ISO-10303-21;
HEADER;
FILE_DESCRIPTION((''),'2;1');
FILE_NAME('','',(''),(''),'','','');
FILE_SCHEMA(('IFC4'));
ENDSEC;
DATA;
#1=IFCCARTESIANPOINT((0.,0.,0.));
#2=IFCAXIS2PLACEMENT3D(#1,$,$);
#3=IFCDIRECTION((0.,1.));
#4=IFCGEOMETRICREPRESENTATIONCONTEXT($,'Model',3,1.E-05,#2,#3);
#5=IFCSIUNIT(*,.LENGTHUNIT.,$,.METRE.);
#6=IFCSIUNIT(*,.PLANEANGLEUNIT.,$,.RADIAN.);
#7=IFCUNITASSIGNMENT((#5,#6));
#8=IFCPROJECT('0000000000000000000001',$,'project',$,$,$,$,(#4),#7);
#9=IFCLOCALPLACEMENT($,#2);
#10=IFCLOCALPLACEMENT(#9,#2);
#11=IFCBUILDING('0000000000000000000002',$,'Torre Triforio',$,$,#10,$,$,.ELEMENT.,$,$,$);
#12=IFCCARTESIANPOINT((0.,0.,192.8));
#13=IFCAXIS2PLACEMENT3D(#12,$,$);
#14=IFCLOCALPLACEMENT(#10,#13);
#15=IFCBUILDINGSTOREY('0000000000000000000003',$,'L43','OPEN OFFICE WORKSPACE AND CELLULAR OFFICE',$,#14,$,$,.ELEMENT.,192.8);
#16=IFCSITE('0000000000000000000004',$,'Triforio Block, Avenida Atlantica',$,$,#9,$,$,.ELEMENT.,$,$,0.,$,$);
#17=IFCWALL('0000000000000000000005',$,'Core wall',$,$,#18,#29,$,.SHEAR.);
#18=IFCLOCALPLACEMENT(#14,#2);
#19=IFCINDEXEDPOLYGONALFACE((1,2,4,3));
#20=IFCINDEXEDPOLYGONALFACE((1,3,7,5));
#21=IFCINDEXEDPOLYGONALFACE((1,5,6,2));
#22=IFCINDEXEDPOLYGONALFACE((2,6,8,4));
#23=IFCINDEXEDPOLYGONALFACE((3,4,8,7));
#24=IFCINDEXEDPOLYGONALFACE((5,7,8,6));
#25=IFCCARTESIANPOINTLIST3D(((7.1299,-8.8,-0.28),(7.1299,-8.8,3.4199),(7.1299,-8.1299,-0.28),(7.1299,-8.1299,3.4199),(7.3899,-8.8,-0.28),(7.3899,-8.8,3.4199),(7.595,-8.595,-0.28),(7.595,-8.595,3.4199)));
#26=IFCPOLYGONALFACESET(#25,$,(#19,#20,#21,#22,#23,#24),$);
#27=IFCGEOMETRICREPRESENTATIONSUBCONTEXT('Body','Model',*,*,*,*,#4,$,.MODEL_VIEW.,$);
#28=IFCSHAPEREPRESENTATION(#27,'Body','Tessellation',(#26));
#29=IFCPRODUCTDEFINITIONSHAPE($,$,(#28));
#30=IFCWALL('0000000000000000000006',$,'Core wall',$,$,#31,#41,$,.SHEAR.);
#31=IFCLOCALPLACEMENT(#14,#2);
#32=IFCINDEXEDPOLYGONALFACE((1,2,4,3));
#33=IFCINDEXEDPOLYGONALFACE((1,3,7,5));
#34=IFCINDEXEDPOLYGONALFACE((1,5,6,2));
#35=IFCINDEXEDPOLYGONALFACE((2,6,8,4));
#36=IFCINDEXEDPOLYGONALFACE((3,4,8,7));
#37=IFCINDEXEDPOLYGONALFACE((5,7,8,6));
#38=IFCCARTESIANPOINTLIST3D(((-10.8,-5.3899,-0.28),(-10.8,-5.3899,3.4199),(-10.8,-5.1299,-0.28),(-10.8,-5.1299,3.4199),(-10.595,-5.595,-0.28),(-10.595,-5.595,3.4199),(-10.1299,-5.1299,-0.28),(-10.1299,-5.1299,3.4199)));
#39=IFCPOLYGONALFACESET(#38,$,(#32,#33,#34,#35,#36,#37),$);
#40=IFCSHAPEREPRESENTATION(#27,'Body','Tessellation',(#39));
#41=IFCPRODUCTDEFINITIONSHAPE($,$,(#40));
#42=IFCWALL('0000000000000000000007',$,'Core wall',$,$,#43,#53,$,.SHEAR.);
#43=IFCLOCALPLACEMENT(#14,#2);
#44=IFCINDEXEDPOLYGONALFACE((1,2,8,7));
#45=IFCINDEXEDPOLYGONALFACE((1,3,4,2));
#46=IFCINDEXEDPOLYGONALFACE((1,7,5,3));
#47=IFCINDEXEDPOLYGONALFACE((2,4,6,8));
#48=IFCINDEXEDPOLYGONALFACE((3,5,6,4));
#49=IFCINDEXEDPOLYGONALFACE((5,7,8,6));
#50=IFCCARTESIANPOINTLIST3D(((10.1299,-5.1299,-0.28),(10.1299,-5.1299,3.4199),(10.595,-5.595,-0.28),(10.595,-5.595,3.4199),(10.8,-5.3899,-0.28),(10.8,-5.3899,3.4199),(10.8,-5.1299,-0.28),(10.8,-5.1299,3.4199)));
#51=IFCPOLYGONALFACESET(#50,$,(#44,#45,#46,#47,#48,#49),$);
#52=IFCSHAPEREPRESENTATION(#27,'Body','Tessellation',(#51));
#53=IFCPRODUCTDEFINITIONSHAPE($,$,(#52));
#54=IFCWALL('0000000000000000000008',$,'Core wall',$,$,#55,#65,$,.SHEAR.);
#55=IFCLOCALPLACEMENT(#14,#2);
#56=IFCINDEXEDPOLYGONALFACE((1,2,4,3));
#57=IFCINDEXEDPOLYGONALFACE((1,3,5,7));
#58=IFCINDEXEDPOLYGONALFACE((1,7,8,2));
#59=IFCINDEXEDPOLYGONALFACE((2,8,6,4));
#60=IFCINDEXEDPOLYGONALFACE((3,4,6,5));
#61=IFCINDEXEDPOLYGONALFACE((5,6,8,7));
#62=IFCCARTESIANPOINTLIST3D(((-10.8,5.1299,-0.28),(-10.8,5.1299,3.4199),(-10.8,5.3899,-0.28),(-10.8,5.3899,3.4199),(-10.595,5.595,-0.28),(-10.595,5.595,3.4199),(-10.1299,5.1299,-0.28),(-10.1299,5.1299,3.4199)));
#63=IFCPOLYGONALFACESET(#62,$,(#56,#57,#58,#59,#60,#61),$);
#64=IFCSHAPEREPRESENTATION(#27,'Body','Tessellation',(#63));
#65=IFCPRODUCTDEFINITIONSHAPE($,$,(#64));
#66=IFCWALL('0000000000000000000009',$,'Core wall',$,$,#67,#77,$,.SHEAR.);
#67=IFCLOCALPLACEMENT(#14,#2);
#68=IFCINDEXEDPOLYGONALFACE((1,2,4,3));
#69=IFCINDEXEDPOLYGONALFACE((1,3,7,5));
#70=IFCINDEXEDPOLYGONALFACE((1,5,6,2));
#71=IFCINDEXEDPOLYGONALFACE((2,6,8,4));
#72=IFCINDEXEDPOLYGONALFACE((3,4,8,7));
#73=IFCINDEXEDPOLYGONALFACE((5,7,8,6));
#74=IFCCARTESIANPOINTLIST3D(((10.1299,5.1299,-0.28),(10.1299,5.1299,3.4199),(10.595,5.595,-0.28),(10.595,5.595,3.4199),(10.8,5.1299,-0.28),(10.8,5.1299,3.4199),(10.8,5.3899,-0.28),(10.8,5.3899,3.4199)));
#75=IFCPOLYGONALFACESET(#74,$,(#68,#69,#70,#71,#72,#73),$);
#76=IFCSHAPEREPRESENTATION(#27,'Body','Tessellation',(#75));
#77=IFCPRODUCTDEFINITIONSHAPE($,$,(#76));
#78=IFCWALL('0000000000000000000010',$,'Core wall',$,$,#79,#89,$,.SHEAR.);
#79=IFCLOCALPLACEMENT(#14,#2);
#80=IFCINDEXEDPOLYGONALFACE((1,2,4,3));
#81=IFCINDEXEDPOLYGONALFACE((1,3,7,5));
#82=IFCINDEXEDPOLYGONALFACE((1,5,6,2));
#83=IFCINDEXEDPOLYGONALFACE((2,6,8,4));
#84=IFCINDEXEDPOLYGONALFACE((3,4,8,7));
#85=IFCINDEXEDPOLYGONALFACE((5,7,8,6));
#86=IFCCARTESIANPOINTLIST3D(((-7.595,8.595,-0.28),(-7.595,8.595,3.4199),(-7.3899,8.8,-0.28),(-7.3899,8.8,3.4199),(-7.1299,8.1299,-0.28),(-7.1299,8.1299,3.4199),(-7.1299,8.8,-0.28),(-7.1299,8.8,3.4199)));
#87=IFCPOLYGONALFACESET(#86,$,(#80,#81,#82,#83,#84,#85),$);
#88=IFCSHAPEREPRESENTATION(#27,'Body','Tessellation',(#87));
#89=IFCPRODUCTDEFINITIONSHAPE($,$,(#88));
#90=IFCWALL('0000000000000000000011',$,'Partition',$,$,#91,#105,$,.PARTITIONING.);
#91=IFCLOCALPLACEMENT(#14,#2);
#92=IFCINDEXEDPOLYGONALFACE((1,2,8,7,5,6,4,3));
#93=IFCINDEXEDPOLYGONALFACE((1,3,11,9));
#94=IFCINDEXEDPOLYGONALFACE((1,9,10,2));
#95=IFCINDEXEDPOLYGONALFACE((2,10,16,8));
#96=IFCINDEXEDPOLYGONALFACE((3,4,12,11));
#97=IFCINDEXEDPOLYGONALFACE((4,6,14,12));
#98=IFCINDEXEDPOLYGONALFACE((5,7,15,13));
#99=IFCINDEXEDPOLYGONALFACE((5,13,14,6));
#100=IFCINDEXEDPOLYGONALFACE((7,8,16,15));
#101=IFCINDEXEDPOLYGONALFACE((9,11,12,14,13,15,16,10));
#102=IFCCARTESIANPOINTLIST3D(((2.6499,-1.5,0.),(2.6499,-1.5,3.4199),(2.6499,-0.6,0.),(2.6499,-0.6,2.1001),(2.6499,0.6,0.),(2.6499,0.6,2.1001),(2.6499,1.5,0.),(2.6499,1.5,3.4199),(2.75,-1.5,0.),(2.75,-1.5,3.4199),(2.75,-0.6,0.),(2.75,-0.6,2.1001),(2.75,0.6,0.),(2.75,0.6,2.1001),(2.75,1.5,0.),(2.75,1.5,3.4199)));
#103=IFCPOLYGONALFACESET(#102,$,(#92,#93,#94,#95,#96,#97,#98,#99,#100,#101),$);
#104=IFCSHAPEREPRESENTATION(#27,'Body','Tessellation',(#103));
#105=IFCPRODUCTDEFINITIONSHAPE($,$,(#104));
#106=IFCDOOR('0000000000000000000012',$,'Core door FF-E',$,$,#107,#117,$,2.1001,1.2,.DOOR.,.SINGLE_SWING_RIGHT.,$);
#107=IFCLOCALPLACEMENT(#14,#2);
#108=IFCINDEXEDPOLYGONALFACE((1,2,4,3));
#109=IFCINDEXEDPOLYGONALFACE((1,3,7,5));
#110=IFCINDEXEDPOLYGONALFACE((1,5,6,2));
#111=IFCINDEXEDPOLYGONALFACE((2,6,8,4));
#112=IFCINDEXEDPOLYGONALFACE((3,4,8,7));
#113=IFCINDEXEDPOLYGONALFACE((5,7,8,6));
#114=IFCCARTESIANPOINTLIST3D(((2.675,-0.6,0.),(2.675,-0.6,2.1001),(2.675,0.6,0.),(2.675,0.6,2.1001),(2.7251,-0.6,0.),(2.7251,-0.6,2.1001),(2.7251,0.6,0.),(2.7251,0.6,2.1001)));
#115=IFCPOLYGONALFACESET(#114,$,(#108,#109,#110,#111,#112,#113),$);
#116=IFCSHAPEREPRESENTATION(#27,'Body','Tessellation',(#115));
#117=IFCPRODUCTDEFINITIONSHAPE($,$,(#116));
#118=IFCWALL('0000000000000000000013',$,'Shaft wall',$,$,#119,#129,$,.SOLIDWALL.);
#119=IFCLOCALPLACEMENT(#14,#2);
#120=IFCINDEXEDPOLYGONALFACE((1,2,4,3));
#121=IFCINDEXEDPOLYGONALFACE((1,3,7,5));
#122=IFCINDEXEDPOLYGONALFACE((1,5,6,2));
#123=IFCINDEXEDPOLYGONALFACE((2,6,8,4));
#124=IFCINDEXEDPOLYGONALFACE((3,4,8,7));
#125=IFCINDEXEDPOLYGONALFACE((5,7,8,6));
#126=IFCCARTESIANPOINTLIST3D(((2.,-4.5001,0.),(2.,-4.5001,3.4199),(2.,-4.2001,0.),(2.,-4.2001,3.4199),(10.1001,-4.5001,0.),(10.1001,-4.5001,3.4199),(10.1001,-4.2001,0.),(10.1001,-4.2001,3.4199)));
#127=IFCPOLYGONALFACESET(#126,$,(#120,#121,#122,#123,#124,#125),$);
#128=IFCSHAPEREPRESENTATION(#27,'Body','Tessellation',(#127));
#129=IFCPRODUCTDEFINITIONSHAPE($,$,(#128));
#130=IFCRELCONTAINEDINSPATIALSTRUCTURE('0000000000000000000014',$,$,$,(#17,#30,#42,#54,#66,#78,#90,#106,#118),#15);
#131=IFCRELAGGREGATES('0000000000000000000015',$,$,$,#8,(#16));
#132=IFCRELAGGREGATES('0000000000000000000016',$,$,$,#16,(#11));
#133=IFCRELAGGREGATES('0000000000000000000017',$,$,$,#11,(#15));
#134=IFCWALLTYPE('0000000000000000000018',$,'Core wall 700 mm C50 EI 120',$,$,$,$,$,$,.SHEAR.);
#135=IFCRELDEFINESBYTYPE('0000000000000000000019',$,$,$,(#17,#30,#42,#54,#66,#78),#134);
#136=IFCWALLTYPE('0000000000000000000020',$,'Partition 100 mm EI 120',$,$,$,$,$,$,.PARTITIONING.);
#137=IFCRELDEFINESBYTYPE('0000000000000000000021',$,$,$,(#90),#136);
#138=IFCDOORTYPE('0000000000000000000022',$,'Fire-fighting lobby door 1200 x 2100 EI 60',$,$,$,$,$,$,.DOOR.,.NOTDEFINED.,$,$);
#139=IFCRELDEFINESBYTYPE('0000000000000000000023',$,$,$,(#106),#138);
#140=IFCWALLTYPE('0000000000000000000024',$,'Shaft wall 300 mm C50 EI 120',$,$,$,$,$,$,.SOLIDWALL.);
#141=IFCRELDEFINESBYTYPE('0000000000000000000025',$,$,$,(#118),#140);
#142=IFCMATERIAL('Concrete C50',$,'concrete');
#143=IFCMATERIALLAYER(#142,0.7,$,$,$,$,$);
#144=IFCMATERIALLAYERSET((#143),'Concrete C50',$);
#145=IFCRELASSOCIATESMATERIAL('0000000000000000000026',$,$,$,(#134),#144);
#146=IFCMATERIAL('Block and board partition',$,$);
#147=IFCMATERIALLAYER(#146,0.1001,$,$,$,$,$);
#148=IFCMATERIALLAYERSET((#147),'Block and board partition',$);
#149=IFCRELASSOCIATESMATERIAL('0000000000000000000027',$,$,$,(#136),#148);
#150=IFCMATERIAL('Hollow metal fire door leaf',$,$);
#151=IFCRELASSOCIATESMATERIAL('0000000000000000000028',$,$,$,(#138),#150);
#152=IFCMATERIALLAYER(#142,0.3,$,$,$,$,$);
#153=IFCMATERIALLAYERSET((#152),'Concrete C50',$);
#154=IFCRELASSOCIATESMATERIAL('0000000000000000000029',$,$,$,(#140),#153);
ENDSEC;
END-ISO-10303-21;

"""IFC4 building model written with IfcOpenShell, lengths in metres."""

from ifc_helpers import new_model, si_unit, direction, frame, frame_2d, origin, place, context, subcontext, project, spatial, polyline, rectangle, outline, extrude, material, layer, layer_set, type_object, element, fill, save


model = new_model("IFC4")

# Units and contexts
model_context = context("Model", 3, precision=1e-05, world=origin(), true_north=direction((0.0, 1.0)))
body_context = subcontext(model_context, "Body", "Model", "MODEL_VIEW")
ifc_project = project(units=[si_unit("LENGTHUNIT", "METRE"), si_unit("PLANEANGLEUNIT", "RADIAN")], contexts=[model_context])

# Site, building, storey
site_placement = place(None, origin())
site = spatial("IfcSite", under=ifc_project, at=site_placement, Name="Triforio Block, Avenida Atlantica", CompositionType="ELEMENT", RefElevation=0.0)
building_placement = place(site_placement, origin())
building = spatial("IfcBuilding", under=site, at=building_placement, Name="Torre Triforio", CompositionType="ELEMENT")
storey_placement = place(building_placement, frame((0.0, 0.0, 192.8)))
storey = spatial("IfcBuildingStorey", under=building, at=storey_placement, Name="L43", Description="OPEN OFFICE WORKSPACE AND CELLULAR OFFICE", CompositionType="ELEMENT", Elevation=192.8)

# Walls
ifc_material_1 = material(Name="Concrete C50", Category="concrete")
ifc_layer_1 = layer(ifc_material_1, 0.7)
ifc_layer_set_1 = layer_set([ifc_layer_1], Name="Concrete C50")
wall_type_1 = type_object("IfcWallType", Name="Core wall 700 mm C50 EI 120", PredefinedType="SHEAR", material=ifc_layer_set_1)
wall_1_placement = place(storey_placement, frame((0.0, 0.0, -0.28)))
element("IfcWall", 1, at=wall_1_placement, inside=storey, type_object=wall_type_1, Name="Core wall", PredefinedType="SHEAR", context=body_context, shape_type="SweptSolid", body=[
    extrude(outline(polyline([(7.3899, -8.8), (7.1299, -8.8), (7.1299, -8.8), (7.1299, -8.1299), (7.595, -8.595), (7.595, -8.595), (7.595, -8.595), (7.3899, -8.8)])), origin(), (0.0, 0.0, 1.0), 3.7),
])
wall_2_placement = place(storey_placement, frame((0.0, 0.0, -0.28)))
element("IfcWall", 2, at=wall_2_placement, inside=storey, type_object=wall_type_1, Name="Core wall", PredefinedType="SHEAR", context=body_context, shape_type="SweptSolid", body=[
    extrude(outline(polyline([(-10.8, -5.3899), (-10.8, -5.1299), (-10.8, -5.1299), (-10.1299, -5.1299), (-10.595, -5.595), (-10.595, -5.595), (-10.595, -5.595), (-10.8, -5.3899)])), origin(), (0.0, 0.0, 1.0), 3.7),
])
wall_3_placement = place(storey_placement, frame((0.0, 0.0, -0.28)))
element("IfcWall", 3, at=wall_3_placement, inside=storey, type_object=wall_type_1, Name="Core wall", PredefinedType="SHEAR", context=body_context, shape_type="SweptSolid", body=[
    extrude(outline(polyline([(10.8, -5.3899), (10.595, -5.595), (10.595, -5.595), (10.595, -5.595), (10.1299, -5.1299), (10.8, -5.1299), (10.8, -5.1299), (10.8, -5.3899)])), origin(), (0.0, 0.0, 1.0), 3.7),
])
wall_4_placement = place(storey_placement, frame((0.0, 0.0, -0.28)))
element("IfcWall", 4, at=wall_4_placement, inside=storey, type_object=wall_type_1, Name="Core wall", PredefinedType="SHEAR", context=body_context, shape_type="SweptSolid", body=[
    extrude(outline(polyline([(-10.595, 5.595), (-10.595, 5.595), (-10.595, 5.595), (-10.1299, 5.1299), (-10.8, 5.1299), (-10.8, 5.1299), (-10.8, 5.3899), (-10.595, 5.595)])), origin(), (0.0, 0.0, 1.0), 3.7),
])
wall_5_placement = place(storey_placement, frame((0.0, 0.0, -0.28)))
element("IfcWall", 5, at=wall_5_placement, inside=storey, type_object=wall_type_1, Name="Core wall", PredefinedType="SHEAR", context=body_context, shape_type="SweptSolid", body=[
    extrude(outline(polyline([(10.8, 5.3899), (10.8, 5.1299), (10.8, 5.1299), (10.1299, 5.1299), (10.595, 5.595), (10.595, 5.595), (10.595, 5.595), (10.8, 5.3899)])), origin(), (0.0, 0.0, 1.0), 3.7),
])
wall_6_placement = place(storey_placement, frame((0.0, 0.0, -0.28)))
element("IfcWall", 6, at=wall_6_placement, inside=storey, type_object=wall_type_1, Name="Core wall", PredefinedType="SHEAR", context=body_context, shape_type="SweptSolid", body=[
    extrude(outline(polyline([(-7.3899, 8.8), (-7.1299, 8.8), (-7.1299, 8.8), (-7.1299, 8.1299), (-7.595, 8.595), (-7.595, 8.595), (-7.595, 8.595), (-7.3899, 8.8)])), origin(), (0.0, 0.0, 1.0), 3.7),
])

# Wall, opening, door
ifc_material_2 = material(Name="Block and board partition")
ifc_layer_2 = layer(ifc_material_2, 0.1001)
ifc_layer_set_2 = layer_set([ifc_layer_2], Name="Block and board partition")
wall_type_2 = type_object("IfcWallType", Name="Partition 100 mm EI 120", PredefinedType="PARTITIONING", material=ifc_layer_set_2)
wall_7_placement = place(storey_placement, frame((2.7, -1.5, 0.0), z_axis=(0.0, 0.0, 1.0), x_axis=(0.0, 1.0, 0.0)))
wall_7 = element("IfcWall", 7, at=wall_7_placement, inside=storey, type_object=wall_type_2, Name="Partition", PredefinedType="PARTITIONING", context=body_context, shape_type="SweptSolid", body=[
    extrude(rectangle(XDim=3.0, YDim=0.1001, at=frame_2d((1.5, 0.0))), origin(), (0.0, 0.0, 1.0), 3.4199),
])
opening_1_placement = place(wall_7_placement, frame((0.8999, 0.0, 0.0)))
opening_1 = element("IfcOpeningElement", 8, at=opening_1_placement, cuts=wall_7, PredefinedType="OPENING", context=body_context, shape_type="SweptSolid", body=[
    extrude(rectangle(XDim=1.2, YDim=2.1001, at=frame_2d((0.6001, 1.05))), frame((0.0, 0.0601, 0.0), z_axis=(0.0, -1.0, 0.0), x_axis=(1.0, 0.0, 0.0)), (0.0, 0.0, 1.0), 0.1201),
])
ifc_material_3 = material(Name="Hollow metal fire door leaf")
door_type_1 = type_object("IfcDoorType", Name="Fire-fighting lobby door 1200 x 2100 EI 60", OperationType="NOTDEFINED", PredefinedType="DOOR", material=ifc_material_3)
door_1_placement = place(opening_1_placement, origin())
door_1 = element("IfcDoor", 9, at=door_1_placement, inside=storey, type_object=door_type_1, Name="Core door FF-E", OperationType="SINGLE_SWING_RIGHT", OverallHeight=2.1001, OverallWidth=1.2, PredefinedType="DOOR", context=body_context, shape_type="SweptSolid", body=[
    extrude(rectangle(XDim=1.2, YDim=2.1001, at=frame_2d((0.6001, 1.05))), frame((0.0, 0.0249, 0.0), z_axis=(0.0, -1.0, 0.0), x_axis=(1.0, 0.0, 0.0)), (0.0, 0.0, 1.0), 0.05),
])
fill(opening_1, door_1)

# Wall
ifc_layer_3 = layer(ifc_material_1, 0.3)
ifc_layer_set_3 = layer_set([ifc_layer_3], Name="Concrete C50")
wall_type_3 = type_object("IfcWallType", Name="Shaft wall 300 mm C50 EI 120", PredefinedType="SOLIDWALL", material=ifc_layer_set_3)
wall_8_placement = place(storey_placement, frame((2.0, -4.3501, 0.0), z_axis=(0.0, 0.0, 1.0), x_axis=(1.0, 0.0, 0.0)))
element("IfcWall", 10, at=wall_8_placement, inside=storey, type_object=wall_type_3, Name="Shaft wall", PredefinedType="SOLIDWALL", context=body_context, shape_type="SweptSolid", body=[
    extrude(rectangle(XDim=8.1001, YDim=0.3, at=frame_2d((4.05, 0.0))), origin(), (0.0, 0.0, 1.0), 3.4199),
])

save(model, "model.ifc")
